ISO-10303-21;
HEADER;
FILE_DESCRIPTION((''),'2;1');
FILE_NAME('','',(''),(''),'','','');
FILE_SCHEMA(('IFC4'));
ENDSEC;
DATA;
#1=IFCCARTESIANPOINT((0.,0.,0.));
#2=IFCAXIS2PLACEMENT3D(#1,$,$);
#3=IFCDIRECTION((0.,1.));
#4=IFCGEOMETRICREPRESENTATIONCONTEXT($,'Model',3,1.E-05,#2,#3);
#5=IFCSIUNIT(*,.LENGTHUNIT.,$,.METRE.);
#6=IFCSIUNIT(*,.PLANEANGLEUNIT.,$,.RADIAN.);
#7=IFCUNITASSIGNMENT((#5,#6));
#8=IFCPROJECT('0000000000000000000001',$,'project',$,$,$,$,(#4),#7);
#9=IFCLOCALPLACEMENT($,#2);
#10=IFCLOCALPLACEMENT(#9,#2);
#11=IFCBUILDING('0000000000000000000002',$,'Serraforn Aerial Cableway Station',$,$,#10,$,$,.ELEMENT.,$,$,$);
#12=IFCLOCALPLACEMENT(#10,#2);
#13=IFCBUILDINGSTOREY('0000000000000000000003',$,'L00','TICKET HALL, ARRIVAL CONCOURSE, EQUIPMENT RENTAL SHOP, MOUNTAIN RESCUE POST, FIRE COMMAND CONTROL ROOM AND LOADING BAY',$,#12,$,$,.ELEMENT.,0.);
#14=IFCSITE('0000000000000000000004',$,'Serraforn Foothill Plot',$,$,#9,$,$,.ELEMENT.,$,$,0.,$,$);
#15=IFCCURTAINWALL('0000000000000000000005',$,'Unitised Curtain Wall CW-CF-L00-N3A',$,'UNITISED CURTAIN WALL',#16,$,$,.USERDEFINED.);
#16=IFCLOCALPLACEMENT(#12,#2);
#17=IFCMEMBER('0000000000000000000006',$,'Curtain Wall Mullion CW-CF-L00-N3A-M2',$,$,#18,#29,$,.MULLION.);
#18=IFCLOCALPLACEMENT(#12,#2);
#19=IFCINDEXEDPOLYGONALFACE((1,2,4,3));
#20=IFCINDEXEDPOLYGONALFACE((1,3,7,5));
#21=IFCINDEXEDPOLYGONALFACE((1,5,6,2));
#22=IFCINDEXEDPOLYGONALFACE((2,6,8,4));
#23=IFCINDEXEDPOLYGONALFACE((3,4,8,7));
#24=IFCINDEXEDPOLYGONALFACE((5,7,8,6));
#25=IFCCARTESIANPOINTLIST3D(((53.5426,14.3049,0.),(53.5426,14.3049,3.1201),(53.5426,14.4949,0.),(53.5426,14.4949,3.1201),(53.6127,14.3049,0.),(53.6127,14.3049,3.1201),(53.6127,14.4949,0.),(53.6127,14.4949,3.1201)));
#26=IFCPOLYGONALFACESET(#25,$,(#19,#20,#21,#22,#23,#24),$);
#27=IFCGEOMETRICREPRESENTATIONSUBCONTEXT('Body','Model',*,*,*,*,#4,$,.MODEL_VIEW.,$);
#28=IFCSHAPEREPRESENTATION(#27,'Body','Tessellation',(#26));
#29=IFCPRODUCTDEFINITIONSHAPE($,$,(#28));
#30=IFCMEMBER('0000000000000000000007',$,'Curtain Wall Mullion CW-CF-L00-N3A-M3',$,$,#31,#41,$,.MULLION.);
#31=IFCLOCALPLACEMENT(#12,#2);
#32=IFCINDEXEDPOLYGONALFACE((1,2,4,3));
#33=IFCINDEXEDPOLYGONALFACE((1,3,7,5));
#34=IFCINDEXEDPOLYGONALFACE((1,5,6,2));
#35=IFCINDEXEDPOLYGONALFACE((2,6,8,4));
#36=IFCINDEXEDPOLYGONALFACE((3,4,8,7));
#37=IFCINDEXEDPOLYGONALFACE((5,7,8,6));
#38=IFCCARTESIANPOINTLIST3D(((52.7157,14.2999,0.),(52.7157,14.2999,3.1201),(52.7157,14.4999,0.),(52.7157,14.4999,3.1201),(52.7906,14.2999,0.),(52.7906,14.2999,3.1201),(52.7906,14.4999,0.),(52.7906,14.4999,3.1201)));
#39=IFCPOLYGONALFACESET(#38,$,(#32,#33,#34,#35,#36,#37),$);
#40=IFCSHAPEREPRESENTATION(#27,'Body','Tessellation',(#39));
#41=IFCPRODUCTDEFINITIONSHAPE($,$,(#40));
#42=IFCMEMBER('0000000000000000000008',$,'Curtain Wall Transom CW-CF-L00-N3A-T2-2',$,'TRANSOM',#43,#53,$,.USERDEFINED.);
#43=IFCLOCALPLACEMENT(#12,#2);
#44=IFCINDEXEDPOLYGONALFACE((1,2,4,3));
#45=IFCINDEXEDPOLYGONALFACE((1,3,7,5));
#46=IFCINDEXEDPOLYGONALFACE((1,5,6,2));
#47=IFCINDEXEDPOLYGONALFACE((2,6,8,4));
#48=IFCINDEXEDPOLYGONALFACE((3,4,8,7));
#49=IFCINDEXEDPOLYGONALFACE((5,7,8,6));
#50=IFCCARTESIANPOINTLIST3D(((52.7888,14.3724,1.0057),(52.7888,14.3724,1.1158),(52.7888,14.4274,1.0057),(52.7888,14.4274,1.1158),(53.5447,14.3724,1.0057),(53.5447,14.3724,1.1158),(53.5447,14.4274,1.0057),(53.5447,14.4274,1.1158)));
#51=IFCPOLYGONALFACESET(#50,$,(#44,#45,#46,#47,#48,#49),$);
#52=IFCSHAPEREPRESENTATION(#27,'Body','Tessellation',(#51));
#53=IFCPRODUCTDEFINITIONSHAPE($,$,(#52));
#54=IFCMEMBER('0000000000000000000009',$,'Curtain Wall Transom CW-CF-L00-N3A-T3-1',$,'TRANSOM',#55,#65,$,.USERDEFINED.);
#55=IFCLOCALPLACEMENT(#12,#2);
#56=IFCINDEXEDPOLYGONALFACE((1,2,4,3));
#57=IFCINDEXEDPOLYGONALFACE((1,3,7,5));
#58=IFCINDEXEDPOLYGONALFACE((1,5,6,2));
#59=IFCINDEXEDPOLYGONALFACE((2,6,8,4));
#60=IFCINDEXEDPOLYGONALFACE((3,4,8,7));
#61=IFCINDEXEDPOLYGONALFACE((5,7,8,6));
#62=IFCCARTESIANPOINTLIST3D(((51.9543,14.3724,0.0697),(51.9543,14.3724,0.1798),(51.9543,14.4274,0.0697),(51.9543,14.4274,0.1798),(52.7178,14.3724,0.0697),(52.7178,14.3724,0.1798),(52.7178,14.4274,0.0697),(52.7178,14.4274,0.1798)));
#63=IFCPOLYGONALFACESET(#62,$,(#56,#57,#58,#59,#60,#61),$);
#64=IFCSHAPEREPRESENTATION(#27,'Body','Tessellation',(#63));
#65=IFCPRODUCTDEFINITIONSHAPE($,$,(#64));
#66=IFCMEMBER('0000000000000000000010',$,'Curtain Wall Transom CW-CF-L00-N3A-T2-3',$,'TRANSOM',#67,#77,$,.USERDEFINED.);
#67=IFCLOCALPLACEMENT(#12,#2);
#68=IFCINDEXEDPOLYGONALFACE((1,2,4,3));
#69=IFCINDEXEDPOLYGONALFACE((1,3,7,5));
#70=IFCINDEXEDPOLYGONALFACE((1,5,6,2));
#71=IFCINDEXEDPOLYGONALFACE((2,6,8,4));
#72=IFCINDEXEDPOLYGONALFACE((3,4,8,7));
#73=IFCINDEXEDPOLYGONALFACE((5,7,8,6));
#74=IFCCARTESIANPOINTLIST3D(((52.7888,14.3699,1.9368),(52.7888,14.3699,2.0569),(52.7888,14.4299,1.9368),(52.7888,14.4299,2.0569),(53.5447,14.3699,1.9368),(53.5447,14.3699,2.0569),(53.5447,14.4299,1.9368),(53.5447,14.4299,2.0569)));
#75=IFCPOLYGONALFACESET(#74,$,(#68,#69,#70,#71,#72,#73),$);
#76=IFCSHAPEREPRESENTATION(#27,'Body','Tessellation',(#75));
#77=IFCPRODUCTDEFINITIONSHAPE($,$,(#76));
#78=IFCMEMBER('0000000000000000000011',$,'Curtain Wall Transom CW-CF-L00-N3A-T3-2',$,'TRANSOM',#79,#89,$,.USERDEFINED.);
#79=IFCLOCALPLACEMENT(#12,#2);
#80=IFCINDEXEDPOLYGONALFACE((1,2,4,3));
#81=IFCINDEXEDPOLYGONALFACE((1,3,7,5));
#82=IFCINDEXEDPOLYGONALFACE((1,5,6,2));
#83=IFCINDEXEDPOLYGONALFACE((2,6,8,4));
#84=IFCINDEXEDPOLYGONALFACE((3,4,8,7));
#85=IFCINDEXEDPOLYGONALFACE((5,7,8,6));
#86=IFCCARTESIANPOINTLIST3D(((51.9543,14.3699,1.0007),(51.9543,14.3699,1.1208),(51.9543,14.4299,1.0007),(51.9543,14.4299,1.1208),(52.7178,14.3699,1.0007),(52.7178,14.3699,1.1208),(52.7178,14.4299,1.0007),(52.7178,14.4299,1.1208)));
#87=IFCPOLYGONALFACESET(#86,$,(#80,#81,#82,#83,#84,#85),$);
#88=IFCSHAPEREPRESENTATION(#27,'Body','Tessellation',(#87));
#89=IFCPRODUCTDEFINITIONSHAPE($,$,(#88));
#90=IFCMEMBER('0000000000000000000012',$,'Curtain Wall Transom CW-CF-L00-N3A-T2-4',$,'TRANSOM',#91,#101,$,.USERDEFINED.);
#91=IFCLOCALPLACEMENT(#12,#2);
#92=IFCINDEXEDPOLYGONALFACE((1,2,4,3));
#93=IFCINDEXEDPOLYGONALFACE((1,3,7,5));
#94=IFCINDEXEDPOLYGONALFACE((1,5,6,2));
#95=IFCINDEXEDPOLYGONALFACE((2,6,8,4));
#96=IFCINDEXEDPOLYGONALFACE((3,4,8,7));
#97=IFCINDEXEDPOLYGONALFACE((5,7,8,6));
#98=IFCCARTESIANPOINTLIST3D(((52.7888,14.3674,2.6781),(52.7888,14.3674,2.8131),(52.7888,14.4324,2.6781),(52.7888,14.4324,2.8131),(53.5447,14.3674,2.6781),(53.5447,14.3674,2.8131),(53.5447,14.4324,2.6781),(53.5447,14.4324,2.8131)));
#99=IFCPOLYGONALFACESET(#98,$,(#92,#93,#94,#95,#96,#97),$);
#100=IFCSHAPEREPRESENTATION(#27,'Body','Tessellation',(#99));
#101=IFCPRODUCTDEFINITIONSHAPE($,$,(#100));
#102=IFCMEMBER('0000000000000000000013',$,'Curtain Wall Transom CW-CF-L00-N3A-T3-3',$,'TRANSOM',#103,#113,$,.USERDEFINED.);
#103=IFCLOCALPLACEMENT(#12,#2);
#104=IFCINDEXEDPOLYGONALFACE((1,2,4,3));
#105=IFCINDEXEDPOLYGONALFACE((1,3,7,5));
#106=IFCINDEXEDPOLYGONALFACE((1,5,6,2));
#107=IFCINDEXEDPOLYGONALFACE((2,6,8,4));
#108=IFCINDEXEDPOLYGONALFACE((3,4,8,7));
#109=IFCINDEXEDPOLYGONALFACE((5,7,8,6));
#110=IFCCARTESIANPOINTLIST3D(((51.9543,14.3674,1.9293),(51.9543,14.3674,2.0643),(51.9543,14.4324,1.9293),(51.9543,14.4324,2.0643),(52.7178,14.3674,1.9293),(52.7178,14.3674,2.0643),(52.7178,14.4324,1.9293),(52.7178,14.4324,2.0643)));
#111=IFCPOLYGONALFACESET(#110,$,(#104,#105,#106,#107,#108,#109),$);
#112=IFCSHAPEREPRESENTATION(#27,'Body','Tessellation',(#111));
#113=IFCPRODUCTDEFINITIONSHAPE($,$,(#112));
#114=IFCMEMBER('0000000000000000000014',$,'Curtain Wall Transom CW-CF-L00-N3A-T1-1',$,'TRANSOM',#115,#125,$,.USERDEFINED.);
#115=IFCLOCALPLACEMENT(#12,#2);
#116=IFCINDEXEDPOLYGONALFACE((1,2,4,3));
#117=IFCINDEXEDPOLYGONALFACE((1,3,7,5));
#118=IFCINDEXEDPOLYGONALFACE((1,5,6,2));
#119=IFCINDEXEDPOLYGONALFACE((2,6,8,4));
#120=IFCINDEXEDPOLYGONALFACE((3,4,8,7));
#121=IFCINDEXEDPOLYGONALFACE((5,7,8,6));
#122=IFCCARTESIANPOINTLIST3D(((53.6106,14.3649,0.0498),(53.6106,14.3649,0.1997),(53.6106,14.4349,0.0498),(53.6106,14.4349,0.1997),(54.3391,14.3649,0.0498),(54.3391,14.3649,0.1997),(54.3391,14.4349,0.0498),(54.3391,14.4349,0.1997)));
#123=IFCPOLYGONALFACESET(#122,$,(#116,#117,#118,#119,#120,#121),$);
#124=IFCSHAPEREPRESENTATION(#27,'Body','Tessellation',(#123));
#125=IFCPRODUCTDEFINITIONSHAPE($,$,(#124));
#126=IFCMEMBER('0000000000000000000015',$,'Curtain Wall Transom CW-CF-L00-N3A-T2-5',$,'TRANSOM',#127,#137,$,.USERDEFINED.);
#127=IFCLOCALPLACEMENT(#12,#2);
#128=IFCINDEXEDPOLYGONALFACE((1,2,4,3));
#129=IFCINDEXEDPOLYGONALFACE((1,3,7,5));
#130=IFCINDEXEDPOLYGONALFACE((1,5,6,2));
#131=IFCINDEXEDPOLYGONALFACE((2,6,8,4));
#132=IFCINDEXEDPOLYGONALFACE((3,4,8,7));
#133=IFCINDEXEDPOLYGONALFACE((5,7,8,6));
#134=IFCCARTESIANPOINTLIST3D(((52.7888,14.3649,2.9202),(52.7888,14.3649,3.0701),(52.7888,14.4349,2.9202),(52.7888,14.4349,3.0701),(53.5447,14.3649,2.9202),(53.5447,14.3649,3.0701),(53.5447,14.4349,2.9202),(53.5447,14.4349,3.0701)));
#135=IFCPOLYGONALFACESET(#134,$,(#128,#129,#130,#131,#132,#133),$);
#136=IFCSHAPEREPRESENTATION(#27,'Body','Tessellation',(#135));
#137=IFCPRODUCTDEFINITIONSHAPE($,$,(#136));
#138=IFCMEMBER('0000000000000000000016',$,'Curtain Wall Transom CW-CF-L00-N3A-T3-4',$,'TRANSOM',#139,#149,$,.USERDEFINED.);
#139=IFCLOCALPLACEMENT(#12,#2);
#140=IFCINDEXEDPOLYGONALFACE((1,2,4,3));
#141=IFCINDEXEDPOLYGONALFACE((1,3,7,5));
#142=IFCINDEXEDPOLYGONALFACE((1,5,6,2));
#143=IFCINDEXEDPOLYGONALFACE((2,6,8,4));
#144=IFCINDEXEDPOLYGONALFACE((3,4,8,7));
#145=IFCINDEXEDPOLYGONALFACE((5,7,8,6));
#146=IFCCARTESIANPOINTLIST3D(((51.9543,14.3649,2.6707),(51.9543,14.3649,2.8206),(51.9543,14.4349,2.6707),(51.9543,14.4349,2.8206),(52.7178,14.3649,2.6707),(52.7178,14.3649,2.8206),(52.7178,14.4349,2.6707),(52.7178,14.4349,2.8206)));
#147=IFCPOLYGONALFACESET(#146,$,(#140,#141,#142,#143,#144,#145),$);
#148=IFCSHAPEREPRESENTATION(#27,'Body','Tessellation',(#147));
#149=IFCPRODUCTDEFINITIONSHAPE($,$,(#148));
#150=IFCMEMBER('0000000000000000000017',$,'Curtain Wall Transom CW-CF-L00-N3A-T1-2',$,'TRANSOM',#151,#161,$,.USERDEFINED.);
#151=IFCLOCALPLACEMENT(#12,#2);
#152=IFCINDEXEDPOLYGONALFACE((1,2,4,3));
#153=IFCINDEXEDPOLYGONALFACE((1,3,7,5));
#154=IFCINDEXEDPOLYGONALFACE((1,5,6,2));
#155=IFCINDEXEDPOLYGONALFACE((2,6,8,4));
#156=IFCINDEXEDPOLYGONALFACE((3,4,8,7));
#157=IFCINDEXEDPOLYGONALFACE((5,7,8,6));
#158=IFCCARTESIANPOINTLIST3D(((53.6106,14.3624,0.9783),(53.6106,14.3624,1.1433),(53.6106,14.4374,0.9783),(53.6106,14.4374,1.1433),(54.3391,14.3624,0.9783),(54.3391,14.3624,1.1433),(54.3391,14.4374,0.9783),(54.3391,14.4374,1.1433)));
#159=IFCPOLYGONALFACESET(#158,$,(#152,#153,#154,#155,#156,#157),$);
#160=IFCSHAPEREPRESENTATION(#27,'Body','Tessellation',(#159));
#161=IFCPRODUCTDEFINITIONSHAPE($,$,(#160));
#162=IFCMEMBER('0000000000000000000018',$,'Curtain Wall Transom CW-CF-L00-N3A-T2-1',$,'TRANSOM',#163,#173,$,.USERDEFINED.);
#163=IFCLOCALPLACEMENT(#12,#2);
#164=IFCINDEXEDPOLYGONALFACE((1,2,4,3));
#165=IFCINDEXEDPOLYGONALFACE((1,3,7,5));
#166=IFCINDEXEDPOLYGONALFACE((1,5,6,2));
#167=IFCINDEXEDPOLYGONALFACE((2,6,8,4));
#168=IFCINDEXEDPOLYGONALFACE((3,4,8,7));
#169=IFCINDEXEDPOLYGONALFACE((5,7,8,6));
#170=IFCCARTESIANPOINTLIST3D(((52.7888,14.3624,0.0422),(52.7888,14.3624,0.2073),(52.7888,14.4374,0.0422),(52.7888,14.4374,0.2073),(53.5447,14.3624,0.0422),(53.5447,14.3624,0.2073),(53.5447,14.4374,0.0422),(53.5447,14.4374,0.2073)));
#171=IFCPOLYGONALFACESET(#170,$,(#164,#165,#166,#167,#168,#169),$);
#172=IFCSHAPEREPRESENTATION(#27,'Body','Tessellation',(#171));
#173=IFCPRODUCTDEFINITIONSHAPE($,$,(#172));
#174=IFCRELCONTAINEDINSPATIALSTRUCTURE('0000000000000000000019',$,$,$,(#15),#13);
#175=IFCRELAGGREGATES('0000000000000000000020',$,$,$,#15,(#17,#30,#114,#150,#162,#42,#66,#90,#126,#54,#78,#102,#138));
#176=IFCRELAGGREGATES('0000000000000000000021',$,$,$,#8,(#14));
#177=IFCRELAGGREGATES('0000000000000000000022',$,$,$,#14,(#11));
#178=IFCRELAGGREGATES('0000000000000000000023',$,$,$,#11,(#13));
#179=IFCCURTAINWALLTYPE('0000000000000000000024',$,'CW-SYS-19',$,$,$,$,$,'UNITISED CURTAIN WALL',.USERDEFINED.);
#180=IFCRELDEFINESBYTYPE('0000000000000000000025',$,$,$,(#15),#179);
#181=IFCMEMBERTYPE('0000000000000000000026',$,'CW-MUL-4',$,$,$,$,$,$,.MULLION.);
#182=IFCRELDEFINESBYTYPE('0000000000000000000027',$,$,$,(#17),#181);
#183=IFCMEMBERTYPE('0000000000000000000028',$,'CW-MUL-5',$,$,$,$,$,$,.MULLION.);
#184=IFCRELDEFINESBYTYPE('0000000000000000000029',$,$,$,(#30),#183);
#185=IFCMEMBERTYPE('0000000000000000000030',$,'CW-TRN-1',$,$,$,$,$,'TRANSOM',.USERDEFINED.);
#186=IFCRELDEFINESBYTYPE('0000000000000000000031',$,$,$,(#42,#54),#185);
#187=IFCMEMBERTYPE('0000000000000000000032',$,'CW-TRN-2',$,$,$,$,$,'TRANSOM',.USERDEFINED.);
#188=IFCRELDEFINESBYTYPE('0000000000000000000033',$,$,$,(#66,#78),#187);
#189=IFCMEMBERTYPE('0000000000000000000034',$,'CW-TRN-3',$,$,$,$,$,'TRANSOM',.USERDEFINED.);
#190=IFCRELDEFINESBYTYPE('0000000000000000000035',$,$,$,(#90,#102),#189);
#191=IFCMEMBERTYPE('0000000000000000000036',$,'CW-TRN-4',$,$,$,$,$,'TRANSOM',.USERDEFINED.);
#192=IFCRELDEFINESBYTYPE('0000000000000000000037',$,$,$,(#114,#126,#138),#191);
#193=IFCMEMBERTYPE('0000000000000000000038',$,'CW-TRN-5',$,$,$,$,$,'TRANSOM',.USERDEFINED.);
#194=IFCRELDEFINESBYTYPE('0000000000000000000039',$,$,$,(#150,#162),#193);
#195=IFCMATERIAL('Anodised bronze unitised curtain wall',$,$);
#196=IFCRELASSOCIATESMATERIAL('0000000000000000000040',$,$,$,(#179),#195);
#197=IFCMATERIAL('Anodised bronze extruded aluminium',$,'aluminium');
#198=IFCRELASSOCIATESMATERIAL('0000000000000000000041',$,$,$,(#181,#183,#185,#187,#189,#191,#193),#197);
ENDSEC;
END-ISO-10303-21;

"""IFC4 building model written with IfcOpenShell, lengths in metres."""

from ifc_helpers import new_model, si_unit, direction, frame, origin, origin_2d, place, context, subcontext, project, spatial, rectangle, extrude, material, material_profile, profile_set, type_object, element, aggregate, save


model = new_model("IFC4")

# Units and contexts
model_context = context("Model", 3, precision=1e-05, world=origin(), true_north=direction((0.0, 1.0)))
body_context = subcontext(model_context, "Body", "Model", "MODEL_VIEW")
ifc_project = project(units=[si_unit("LENGTHUNIT", "METRE"), si_unit("PLANEANGLEUNIT", "RADIAN")], contexts=[model_context])

# Site, building, storey
site_placement = place(None, origin())
site = spatial("IfcSite", under=ifc_project, at=site_placement, Name="Serraforn Foothill Plot", CompositionType="ELEMENT", RefElevation=0.0)
building_placement = place(site_placement, origin())
building = spatial("IfcBuilding", under=site, at=building_placement, Name="Serraforn Aerial Cableway Station", CompositionType="ELEMENT")
storey_placement = place(building_placement, origin())
storey = spatial("IfcBuildingStorey", under=building, at=storey_placement, Name="L00", Description="TICKET HALL, ARRIVAL CONCOURSE, EQUIPMENT RENTAL SHOP, MOUNTAIN RESCUE POST, FIRE COMMAND CONTROL ROOM AND LOADING BAY", CompositionType="ELEMENT", Elevation=0.0)

# Curtain wall, members
ifc_material_1 = material(Name="Anodised bronze unitised curtain wall")
curtain_wall_type = type_object("IfcCurtainWallType", Name="CW-SYS-19", ElementType="UNITISED CURTAIN WALL", PredefinedType="USERDEFINED", material=ifc_material_1)
curtain_wall_placement = place(storey_placement, origin())
curtain_wall = element("IfcCurtainWall", 1, at=curtain_wall_placement, inside=storey, type_object=curtain_wall_type, Name="Unitised Curtain Wall CW-CF-L00-N3A", ObjectType="UNITISED CURTAIN WALL", PredefinedType="USERDEFINED")
ifc_material_2 = material(Name="Anodised bronze extruded aluminium", Category="aluminium")
ifc_material_profile_1 = material_profile(ifc_material_2, rectangle(XDim=0.0701, YDim=0.1899, at=origin_2d()), Name="CW MULLION 70x190")
ifc_profile_set_1 = profile_set([ifc_material_profile_1], Name="Anodised bronze extruded aluminium")
member_type_1 = type_object("IfcMemberType", Name="CW-MUL-4", PredefinedType="MULLION", material=ifc_profile_set_1)
member_1_placement = place(storey_placement, frame((53.5776, 14.3999, 0.0), z_axis=(0.0, 0.0, 1.0), x_axis=(-1.0, 0.0, 0.0)))
member_1 = element("IfcMember", 2, at=member_1_placement, type_object=member_type_1, Name="Curtain Wall Mullion CW-CF-L00-N3A-M2", PredefinedType="MULLION", context=body_context, shape_type="SweptSolid", body=[
    extrude(rectangle(XDim=0.0701, YDim=0.1899, at=origin_2d()), origin(), (0.0, 0.0, 1.0), 3.1201),
])
ifc_material_profile_2 = material_profile(ifc_material_2, rectangle(XDim=0.075, YDim=0.2, at=origin_2d()), Name="CW MULLION 75x200")
ifc_profile_set_2 = profile_set([ifc_material_profile_2], Name="Anodised bronze extruded aluminium")
member_type_2 = type_object("IfcMemberType", Name="CW-MUL-5", PredefinedType="MULLION", material=ifc_profile_set_2)
member_2_placement = place(storey_placement, frame((52.7532, 14.3999, 0.0), z_axis=(0.0, 0.0, 1.0), x_axis=(-1.0, 0.0, 0.0)))
member_2 = element("IfcMember", 3, at=member_2_placement, type_object=member_type_2, Name="Curtain Wall Mullion CW-CF-L00-N3A-M3", PredefinedType="MULLION", context=body_context, shape_type="SweptSolid", body=[
    extrude(rectangle(XDim=0.075, YDim=0.2, at=origin_2d()), origin(), (0.0, 0.0, 1.0), 3.1201),
])
ifc_material_profile_3 = material_profile(ifc_material_2, rectangle(XDim=0.0549, YDim=0.1101, at=origin_2d()), Name="CW TRANSOM 55x110")
ifc_profile_set_3 = profile_set([ifc_material_profile_3], Name="Anodised bronze extruded aluminium")
member_type_3 = type_object("IfcMemberType", Name="CW-TRN-1", ElementType="TRANSOM", PredefinedType="USERDEFINED", material=ifc_profile_set_3)
member_3_placement = place(storey_placement, frame((53.5447, 14.3999, 1.0608), z_axis=(-1.0, 0.0, 0.0), x_axis=(0.0, -1.0, 0.0)))
member_3 = element("IfcMember", 4, at=member_3_placement, type_object=member_type_3, Name="Curtain Wall Transom CW-CF-L00-N3A-T2-2", ObjectType="TRANSOM", PredefinedType="USERDEFINED", context=body_context, shape_type="SweptSolid", body=[
    extrude(rectangle(XDim=0.0549, YDim=0.1101, at=origin_2d()), origin(), (0.0, 0.0, 1.0), 0.7559),
])
member_4_placement = place(storey_placement, frame((52.7178, 14.3999, 0.1248), z_axis=(-1.0, 0.0, 0.0), x_axis=(0.0, -1.0, 0.0)))
member_4 = element("IfcMember", 5, at=member_4_placement, type_object=member_type_3, Name="Curtain Wall Transom CW-CF-L00-N3A-T3-1", ObjectType="TRANSOM", PredefinedType="USERDEFINED", context=body_context, shape_type="SweptSolid", body=[
    extrude(rectangle(XDim=0.0549, YDim=0.1101, at=origin_2d()), origin(), (0.0, 0.0, 1.0), 0.7634),
])
ifc_material_profile_4 = material_profile(ifc_material_2, rectangle(XDim=0.0601, YDim=0.1201, at=origin_2d()), Name="CW TRANSOM 60x120")
ifc_profile_set_4 = profile_set([ifc_material_profile_4], Name="Anodised bronze extruded aluminium")
member_type_4 = type_object("IfcMemberType", Name="CW-TRN-2", ElementType="TRANSOM", PredefinedType="USERDEFINED", material=ifc_profile_set_4)
member_5_placement = place(storey_placement, frame((53.5447, 14.3999, 1.9968), z_axis=(-1.0, 0.0, 0.0), x_axis=(0.0, -1.0, 0.0)))
member_5 = element("IfcMember", 6, at=member_5_placement, type_object=member_type_4, Name="Curtain Wall Transom CW-CF-L00-N3A-T2-3", ObjectType="TRANSOM", PredefinedType="USERDEFINED", context=body_context, shape_type="SweptSolid", body=[
    extrude(rectangle(XDim=0.0601, YDim=0.1201, at=origin_2d()), origin(), (0.0, 0.0, 1.0), 0.7559),
])
member_6_placement = place(storey_placement, frame((52.7178, 14.3999, 1.0608), z_axis=(-1.0, 0.0, 0.0), x_axis=(0.0, -1.0, 0.0)))
member_6 = element("IfcMember", 7, at=member_6_placement, type_object=member_type_4, Name="Curtain Wall Transom CW-CF-L00-N3A-T3-2", ObjectType="TRANSOM", PredefinedType="USERDEFINED", context=body_context, shape_type="SweptSolid", body=[
    extrude(rectangle(XDim=0.0601, YDim=0.1201, at=origin_2d()), origin(), (0.0, 0.0, 1.0), 0.7634),
])
ifc_material_profile_5 = material_profile(ifc_material_2, rectangle(XDim=0.0649, YDim=0.135, at=origin_2d()), Name="CW TRANSOM 65x135")
ifc_profile_set_5 = profile_set([ifc_material_profile_5], Name="Anodised bronze extruded aluminium")
member_type_5 = type_object("IfcMemberType", Name="CW-TRN-3", ElementType="TRANSOM", PredefinedType="USERDEFINED", material=ifc_profile_set_5)
member_7_placement = place(storey_placement, frame((53.5447, 14.3999, 2.7456), z_axis=(-1.0, 0.0, 0.0), x_axis=(0.0, -1.0, 0.0)))
member_7 = element("IfcMember", 8, at=member_7_placement, type_object=member_type_5, Name="Curtain Wall Transom CW-CF-L00-N3A-T2-4", ObjectType="TRANSOM", PredefinedType="USERDEFINED", context=body_context, shape_type="SweptSolid", body=[
    extrude(rectangle(XDim=0.0649, YDim=0.135, at=origin_2d()), origin(), (0.0, 0.0, 1.0), 0.7559),
])
member_8_placement = place(storey_placement, frame((52.7178, 14.3999, 1.9968), z_axis=(-1.0, 0.0, 0.0), x_axis=(0.0, -1.0, 0.0)))
member_8 = element("IfcMember", 9, at=member_8_placement, type_object=member_type_5, Name="Curtain Wall Transom CW-CF-L00-N3A-T3-3", ObjectType="TRANSOM", PredefinedType="USERDEFINED", context=body_context, shape_type="SweptSolid", body=[
    extrude(rectangle(XDim=0.0649, YDim=0.135, at=origin_2d()), origin(), (0.0, 0.0, 1.0), 0.7634),
])
ifc_material_profile_6 = material_profile(ifc_material_2, rectangle(XDim=0.0701, YDim=0.1499, at=origin_2d()), Name="CW TRANSOM 70x150")
ifc_profile_set_6 = profile_set([ifc_material_profile_6], Name="Anodised bronze extruded aluminium")
member_type_6 = type_object("IfcMemberType", Name="CW-TRN-4", ElementType="TRANSOM", PredefinedType="USERDEFINED", material=ifc_profile_set_6)
member_9_placement = place(storey_placement, frame((54.3391, 14.3999, 0.1248), z_axis=(-1.0, 0.0, 0.0), x_axis=(0.0, -1.0, 0.0)))
member_9 = element("IfcMember", 10, at=member_9_placement, type_object=member_type_6, Name="Curtain Wall Transom CW-CF-L00-N3A-T1-1", ObjectType="TRANSOM", PredefinedType="USERDEFINED", context=body_context, shape_type="SweptSolid", body=[
    extrude(rectangle(XDim=0.0701, YDim=0.1499, at=origin_2d()), origin(), (0.0, 0.0, 1.0), 0.7285),
])
member_10_placement = place(storey_placement, frame((53.5447, 14.3999, 2.9951), z_axis=(-1.0, 0.0, 0.0), x_axis=(0.0, -1.0, 0.0)))
member_10 = element("IfcMember", 11, at=member_10_placement, type_object=member_type_6, Name="Curtain Wall Transom CW-CF-L00-N3A-T2-5", ObjectType="TRANSOM", PredefinedType="USERDEFINED", context=body_context, shape_type="SweptSolid", body=[
    extrude(rectangle(XDim=0.0701, YDim=0.1499, at=origin_2d()), origin(), (0.0, 0.0, 1.0), 0.7559),
])
member_11_placement = place(storey_placement, frame((52.7178, 14.3999, 2.7456), z_axis=(-1.0, 0.0, 0.0), x_axis=(0.0, -1.0, 0.0)))
member_11 = element("IfcMember", 12, at=member_11_placement, type_object=member_type_6, Name="Curtain Wall Transom CW-CF-L00-N3A-T3-4", ObjectType="TRANSOM", PredefinedType="USERDEFINED", context=body_context, shape_type="SweptSolid", body=[
    extrude(rectangle(XDim=0.0701, YDim=0.1499, at=origin_2d()), origin(), (0.0, 0.0, 1.0), 0.7634),
])
ifc_material_profile_7 = material_profile(ifc_material_2, rectangle(XDim=0.075, YDim=0.165, at=origin_2d()), Name="CW TRANSOM 75x165")
ifc_profile_set_7 = profile_set([ifc_material_profile_7], Name="Anodised bronze extruded aluminium")
member_type_7 = type_object("IfcMemberType", Name="CW-TRN-5", ElementType="TRANSOM", PredefinedType="USERDEFINED", material=ifc_profile_set_7)
member_12_placement = place(storey_placement, frame((54.3391, 14.3999, 1.0608), z_axis=(-1.0, 0.0, 0.0), x_axis=(0.0, -1.0, 0.0)))
member_12 = element("IfcMember", 13, at=member_12_placement, type_object=member_type_7, Name="Curtain Wall Transom CW-CF-L00-N3A-T1-2", ObjectType="TRANSOM", PredefinedType="USERDEFINED", context=body_context, shape_type="SweptSolid", body=[
    extrude(rectangle(XDim=0.075, YDim=0.165, at=origin_2d()), origin(), (0.0, 0.0, 1.0), 0.7285),
])
member_13_placement = place(storey_placement, frame((53.5447, 14.3999, 0.1248), z_axis=(-1.0, 0.0, 0.0), x_axis=(0.0, -1.0, 0.0)))
member_13 = element("IfcMember", 14, at=member_13_placement, type_object=member_type_7, Name="Curtain Wall Transom CW-CF-L00-N3A-T2-1", ObjectType="TRANSOM", PredefinedType="USERDEFINED", context=body_context, shape_type="SweptSolid", body=[
    extrude(rectangle(XDim=0.075, YDim=0.165, at=origin_2d()), origin(), (0.0, 0.0, 1.0), 0.7559),
])
aggregate(curtain_wall, [member_1, member_2, member_9, member_12, member_13, member_3, member_5, member_7, member_10, member_4, member_6, member_8, member_11])

save(model, "model.ifc")
